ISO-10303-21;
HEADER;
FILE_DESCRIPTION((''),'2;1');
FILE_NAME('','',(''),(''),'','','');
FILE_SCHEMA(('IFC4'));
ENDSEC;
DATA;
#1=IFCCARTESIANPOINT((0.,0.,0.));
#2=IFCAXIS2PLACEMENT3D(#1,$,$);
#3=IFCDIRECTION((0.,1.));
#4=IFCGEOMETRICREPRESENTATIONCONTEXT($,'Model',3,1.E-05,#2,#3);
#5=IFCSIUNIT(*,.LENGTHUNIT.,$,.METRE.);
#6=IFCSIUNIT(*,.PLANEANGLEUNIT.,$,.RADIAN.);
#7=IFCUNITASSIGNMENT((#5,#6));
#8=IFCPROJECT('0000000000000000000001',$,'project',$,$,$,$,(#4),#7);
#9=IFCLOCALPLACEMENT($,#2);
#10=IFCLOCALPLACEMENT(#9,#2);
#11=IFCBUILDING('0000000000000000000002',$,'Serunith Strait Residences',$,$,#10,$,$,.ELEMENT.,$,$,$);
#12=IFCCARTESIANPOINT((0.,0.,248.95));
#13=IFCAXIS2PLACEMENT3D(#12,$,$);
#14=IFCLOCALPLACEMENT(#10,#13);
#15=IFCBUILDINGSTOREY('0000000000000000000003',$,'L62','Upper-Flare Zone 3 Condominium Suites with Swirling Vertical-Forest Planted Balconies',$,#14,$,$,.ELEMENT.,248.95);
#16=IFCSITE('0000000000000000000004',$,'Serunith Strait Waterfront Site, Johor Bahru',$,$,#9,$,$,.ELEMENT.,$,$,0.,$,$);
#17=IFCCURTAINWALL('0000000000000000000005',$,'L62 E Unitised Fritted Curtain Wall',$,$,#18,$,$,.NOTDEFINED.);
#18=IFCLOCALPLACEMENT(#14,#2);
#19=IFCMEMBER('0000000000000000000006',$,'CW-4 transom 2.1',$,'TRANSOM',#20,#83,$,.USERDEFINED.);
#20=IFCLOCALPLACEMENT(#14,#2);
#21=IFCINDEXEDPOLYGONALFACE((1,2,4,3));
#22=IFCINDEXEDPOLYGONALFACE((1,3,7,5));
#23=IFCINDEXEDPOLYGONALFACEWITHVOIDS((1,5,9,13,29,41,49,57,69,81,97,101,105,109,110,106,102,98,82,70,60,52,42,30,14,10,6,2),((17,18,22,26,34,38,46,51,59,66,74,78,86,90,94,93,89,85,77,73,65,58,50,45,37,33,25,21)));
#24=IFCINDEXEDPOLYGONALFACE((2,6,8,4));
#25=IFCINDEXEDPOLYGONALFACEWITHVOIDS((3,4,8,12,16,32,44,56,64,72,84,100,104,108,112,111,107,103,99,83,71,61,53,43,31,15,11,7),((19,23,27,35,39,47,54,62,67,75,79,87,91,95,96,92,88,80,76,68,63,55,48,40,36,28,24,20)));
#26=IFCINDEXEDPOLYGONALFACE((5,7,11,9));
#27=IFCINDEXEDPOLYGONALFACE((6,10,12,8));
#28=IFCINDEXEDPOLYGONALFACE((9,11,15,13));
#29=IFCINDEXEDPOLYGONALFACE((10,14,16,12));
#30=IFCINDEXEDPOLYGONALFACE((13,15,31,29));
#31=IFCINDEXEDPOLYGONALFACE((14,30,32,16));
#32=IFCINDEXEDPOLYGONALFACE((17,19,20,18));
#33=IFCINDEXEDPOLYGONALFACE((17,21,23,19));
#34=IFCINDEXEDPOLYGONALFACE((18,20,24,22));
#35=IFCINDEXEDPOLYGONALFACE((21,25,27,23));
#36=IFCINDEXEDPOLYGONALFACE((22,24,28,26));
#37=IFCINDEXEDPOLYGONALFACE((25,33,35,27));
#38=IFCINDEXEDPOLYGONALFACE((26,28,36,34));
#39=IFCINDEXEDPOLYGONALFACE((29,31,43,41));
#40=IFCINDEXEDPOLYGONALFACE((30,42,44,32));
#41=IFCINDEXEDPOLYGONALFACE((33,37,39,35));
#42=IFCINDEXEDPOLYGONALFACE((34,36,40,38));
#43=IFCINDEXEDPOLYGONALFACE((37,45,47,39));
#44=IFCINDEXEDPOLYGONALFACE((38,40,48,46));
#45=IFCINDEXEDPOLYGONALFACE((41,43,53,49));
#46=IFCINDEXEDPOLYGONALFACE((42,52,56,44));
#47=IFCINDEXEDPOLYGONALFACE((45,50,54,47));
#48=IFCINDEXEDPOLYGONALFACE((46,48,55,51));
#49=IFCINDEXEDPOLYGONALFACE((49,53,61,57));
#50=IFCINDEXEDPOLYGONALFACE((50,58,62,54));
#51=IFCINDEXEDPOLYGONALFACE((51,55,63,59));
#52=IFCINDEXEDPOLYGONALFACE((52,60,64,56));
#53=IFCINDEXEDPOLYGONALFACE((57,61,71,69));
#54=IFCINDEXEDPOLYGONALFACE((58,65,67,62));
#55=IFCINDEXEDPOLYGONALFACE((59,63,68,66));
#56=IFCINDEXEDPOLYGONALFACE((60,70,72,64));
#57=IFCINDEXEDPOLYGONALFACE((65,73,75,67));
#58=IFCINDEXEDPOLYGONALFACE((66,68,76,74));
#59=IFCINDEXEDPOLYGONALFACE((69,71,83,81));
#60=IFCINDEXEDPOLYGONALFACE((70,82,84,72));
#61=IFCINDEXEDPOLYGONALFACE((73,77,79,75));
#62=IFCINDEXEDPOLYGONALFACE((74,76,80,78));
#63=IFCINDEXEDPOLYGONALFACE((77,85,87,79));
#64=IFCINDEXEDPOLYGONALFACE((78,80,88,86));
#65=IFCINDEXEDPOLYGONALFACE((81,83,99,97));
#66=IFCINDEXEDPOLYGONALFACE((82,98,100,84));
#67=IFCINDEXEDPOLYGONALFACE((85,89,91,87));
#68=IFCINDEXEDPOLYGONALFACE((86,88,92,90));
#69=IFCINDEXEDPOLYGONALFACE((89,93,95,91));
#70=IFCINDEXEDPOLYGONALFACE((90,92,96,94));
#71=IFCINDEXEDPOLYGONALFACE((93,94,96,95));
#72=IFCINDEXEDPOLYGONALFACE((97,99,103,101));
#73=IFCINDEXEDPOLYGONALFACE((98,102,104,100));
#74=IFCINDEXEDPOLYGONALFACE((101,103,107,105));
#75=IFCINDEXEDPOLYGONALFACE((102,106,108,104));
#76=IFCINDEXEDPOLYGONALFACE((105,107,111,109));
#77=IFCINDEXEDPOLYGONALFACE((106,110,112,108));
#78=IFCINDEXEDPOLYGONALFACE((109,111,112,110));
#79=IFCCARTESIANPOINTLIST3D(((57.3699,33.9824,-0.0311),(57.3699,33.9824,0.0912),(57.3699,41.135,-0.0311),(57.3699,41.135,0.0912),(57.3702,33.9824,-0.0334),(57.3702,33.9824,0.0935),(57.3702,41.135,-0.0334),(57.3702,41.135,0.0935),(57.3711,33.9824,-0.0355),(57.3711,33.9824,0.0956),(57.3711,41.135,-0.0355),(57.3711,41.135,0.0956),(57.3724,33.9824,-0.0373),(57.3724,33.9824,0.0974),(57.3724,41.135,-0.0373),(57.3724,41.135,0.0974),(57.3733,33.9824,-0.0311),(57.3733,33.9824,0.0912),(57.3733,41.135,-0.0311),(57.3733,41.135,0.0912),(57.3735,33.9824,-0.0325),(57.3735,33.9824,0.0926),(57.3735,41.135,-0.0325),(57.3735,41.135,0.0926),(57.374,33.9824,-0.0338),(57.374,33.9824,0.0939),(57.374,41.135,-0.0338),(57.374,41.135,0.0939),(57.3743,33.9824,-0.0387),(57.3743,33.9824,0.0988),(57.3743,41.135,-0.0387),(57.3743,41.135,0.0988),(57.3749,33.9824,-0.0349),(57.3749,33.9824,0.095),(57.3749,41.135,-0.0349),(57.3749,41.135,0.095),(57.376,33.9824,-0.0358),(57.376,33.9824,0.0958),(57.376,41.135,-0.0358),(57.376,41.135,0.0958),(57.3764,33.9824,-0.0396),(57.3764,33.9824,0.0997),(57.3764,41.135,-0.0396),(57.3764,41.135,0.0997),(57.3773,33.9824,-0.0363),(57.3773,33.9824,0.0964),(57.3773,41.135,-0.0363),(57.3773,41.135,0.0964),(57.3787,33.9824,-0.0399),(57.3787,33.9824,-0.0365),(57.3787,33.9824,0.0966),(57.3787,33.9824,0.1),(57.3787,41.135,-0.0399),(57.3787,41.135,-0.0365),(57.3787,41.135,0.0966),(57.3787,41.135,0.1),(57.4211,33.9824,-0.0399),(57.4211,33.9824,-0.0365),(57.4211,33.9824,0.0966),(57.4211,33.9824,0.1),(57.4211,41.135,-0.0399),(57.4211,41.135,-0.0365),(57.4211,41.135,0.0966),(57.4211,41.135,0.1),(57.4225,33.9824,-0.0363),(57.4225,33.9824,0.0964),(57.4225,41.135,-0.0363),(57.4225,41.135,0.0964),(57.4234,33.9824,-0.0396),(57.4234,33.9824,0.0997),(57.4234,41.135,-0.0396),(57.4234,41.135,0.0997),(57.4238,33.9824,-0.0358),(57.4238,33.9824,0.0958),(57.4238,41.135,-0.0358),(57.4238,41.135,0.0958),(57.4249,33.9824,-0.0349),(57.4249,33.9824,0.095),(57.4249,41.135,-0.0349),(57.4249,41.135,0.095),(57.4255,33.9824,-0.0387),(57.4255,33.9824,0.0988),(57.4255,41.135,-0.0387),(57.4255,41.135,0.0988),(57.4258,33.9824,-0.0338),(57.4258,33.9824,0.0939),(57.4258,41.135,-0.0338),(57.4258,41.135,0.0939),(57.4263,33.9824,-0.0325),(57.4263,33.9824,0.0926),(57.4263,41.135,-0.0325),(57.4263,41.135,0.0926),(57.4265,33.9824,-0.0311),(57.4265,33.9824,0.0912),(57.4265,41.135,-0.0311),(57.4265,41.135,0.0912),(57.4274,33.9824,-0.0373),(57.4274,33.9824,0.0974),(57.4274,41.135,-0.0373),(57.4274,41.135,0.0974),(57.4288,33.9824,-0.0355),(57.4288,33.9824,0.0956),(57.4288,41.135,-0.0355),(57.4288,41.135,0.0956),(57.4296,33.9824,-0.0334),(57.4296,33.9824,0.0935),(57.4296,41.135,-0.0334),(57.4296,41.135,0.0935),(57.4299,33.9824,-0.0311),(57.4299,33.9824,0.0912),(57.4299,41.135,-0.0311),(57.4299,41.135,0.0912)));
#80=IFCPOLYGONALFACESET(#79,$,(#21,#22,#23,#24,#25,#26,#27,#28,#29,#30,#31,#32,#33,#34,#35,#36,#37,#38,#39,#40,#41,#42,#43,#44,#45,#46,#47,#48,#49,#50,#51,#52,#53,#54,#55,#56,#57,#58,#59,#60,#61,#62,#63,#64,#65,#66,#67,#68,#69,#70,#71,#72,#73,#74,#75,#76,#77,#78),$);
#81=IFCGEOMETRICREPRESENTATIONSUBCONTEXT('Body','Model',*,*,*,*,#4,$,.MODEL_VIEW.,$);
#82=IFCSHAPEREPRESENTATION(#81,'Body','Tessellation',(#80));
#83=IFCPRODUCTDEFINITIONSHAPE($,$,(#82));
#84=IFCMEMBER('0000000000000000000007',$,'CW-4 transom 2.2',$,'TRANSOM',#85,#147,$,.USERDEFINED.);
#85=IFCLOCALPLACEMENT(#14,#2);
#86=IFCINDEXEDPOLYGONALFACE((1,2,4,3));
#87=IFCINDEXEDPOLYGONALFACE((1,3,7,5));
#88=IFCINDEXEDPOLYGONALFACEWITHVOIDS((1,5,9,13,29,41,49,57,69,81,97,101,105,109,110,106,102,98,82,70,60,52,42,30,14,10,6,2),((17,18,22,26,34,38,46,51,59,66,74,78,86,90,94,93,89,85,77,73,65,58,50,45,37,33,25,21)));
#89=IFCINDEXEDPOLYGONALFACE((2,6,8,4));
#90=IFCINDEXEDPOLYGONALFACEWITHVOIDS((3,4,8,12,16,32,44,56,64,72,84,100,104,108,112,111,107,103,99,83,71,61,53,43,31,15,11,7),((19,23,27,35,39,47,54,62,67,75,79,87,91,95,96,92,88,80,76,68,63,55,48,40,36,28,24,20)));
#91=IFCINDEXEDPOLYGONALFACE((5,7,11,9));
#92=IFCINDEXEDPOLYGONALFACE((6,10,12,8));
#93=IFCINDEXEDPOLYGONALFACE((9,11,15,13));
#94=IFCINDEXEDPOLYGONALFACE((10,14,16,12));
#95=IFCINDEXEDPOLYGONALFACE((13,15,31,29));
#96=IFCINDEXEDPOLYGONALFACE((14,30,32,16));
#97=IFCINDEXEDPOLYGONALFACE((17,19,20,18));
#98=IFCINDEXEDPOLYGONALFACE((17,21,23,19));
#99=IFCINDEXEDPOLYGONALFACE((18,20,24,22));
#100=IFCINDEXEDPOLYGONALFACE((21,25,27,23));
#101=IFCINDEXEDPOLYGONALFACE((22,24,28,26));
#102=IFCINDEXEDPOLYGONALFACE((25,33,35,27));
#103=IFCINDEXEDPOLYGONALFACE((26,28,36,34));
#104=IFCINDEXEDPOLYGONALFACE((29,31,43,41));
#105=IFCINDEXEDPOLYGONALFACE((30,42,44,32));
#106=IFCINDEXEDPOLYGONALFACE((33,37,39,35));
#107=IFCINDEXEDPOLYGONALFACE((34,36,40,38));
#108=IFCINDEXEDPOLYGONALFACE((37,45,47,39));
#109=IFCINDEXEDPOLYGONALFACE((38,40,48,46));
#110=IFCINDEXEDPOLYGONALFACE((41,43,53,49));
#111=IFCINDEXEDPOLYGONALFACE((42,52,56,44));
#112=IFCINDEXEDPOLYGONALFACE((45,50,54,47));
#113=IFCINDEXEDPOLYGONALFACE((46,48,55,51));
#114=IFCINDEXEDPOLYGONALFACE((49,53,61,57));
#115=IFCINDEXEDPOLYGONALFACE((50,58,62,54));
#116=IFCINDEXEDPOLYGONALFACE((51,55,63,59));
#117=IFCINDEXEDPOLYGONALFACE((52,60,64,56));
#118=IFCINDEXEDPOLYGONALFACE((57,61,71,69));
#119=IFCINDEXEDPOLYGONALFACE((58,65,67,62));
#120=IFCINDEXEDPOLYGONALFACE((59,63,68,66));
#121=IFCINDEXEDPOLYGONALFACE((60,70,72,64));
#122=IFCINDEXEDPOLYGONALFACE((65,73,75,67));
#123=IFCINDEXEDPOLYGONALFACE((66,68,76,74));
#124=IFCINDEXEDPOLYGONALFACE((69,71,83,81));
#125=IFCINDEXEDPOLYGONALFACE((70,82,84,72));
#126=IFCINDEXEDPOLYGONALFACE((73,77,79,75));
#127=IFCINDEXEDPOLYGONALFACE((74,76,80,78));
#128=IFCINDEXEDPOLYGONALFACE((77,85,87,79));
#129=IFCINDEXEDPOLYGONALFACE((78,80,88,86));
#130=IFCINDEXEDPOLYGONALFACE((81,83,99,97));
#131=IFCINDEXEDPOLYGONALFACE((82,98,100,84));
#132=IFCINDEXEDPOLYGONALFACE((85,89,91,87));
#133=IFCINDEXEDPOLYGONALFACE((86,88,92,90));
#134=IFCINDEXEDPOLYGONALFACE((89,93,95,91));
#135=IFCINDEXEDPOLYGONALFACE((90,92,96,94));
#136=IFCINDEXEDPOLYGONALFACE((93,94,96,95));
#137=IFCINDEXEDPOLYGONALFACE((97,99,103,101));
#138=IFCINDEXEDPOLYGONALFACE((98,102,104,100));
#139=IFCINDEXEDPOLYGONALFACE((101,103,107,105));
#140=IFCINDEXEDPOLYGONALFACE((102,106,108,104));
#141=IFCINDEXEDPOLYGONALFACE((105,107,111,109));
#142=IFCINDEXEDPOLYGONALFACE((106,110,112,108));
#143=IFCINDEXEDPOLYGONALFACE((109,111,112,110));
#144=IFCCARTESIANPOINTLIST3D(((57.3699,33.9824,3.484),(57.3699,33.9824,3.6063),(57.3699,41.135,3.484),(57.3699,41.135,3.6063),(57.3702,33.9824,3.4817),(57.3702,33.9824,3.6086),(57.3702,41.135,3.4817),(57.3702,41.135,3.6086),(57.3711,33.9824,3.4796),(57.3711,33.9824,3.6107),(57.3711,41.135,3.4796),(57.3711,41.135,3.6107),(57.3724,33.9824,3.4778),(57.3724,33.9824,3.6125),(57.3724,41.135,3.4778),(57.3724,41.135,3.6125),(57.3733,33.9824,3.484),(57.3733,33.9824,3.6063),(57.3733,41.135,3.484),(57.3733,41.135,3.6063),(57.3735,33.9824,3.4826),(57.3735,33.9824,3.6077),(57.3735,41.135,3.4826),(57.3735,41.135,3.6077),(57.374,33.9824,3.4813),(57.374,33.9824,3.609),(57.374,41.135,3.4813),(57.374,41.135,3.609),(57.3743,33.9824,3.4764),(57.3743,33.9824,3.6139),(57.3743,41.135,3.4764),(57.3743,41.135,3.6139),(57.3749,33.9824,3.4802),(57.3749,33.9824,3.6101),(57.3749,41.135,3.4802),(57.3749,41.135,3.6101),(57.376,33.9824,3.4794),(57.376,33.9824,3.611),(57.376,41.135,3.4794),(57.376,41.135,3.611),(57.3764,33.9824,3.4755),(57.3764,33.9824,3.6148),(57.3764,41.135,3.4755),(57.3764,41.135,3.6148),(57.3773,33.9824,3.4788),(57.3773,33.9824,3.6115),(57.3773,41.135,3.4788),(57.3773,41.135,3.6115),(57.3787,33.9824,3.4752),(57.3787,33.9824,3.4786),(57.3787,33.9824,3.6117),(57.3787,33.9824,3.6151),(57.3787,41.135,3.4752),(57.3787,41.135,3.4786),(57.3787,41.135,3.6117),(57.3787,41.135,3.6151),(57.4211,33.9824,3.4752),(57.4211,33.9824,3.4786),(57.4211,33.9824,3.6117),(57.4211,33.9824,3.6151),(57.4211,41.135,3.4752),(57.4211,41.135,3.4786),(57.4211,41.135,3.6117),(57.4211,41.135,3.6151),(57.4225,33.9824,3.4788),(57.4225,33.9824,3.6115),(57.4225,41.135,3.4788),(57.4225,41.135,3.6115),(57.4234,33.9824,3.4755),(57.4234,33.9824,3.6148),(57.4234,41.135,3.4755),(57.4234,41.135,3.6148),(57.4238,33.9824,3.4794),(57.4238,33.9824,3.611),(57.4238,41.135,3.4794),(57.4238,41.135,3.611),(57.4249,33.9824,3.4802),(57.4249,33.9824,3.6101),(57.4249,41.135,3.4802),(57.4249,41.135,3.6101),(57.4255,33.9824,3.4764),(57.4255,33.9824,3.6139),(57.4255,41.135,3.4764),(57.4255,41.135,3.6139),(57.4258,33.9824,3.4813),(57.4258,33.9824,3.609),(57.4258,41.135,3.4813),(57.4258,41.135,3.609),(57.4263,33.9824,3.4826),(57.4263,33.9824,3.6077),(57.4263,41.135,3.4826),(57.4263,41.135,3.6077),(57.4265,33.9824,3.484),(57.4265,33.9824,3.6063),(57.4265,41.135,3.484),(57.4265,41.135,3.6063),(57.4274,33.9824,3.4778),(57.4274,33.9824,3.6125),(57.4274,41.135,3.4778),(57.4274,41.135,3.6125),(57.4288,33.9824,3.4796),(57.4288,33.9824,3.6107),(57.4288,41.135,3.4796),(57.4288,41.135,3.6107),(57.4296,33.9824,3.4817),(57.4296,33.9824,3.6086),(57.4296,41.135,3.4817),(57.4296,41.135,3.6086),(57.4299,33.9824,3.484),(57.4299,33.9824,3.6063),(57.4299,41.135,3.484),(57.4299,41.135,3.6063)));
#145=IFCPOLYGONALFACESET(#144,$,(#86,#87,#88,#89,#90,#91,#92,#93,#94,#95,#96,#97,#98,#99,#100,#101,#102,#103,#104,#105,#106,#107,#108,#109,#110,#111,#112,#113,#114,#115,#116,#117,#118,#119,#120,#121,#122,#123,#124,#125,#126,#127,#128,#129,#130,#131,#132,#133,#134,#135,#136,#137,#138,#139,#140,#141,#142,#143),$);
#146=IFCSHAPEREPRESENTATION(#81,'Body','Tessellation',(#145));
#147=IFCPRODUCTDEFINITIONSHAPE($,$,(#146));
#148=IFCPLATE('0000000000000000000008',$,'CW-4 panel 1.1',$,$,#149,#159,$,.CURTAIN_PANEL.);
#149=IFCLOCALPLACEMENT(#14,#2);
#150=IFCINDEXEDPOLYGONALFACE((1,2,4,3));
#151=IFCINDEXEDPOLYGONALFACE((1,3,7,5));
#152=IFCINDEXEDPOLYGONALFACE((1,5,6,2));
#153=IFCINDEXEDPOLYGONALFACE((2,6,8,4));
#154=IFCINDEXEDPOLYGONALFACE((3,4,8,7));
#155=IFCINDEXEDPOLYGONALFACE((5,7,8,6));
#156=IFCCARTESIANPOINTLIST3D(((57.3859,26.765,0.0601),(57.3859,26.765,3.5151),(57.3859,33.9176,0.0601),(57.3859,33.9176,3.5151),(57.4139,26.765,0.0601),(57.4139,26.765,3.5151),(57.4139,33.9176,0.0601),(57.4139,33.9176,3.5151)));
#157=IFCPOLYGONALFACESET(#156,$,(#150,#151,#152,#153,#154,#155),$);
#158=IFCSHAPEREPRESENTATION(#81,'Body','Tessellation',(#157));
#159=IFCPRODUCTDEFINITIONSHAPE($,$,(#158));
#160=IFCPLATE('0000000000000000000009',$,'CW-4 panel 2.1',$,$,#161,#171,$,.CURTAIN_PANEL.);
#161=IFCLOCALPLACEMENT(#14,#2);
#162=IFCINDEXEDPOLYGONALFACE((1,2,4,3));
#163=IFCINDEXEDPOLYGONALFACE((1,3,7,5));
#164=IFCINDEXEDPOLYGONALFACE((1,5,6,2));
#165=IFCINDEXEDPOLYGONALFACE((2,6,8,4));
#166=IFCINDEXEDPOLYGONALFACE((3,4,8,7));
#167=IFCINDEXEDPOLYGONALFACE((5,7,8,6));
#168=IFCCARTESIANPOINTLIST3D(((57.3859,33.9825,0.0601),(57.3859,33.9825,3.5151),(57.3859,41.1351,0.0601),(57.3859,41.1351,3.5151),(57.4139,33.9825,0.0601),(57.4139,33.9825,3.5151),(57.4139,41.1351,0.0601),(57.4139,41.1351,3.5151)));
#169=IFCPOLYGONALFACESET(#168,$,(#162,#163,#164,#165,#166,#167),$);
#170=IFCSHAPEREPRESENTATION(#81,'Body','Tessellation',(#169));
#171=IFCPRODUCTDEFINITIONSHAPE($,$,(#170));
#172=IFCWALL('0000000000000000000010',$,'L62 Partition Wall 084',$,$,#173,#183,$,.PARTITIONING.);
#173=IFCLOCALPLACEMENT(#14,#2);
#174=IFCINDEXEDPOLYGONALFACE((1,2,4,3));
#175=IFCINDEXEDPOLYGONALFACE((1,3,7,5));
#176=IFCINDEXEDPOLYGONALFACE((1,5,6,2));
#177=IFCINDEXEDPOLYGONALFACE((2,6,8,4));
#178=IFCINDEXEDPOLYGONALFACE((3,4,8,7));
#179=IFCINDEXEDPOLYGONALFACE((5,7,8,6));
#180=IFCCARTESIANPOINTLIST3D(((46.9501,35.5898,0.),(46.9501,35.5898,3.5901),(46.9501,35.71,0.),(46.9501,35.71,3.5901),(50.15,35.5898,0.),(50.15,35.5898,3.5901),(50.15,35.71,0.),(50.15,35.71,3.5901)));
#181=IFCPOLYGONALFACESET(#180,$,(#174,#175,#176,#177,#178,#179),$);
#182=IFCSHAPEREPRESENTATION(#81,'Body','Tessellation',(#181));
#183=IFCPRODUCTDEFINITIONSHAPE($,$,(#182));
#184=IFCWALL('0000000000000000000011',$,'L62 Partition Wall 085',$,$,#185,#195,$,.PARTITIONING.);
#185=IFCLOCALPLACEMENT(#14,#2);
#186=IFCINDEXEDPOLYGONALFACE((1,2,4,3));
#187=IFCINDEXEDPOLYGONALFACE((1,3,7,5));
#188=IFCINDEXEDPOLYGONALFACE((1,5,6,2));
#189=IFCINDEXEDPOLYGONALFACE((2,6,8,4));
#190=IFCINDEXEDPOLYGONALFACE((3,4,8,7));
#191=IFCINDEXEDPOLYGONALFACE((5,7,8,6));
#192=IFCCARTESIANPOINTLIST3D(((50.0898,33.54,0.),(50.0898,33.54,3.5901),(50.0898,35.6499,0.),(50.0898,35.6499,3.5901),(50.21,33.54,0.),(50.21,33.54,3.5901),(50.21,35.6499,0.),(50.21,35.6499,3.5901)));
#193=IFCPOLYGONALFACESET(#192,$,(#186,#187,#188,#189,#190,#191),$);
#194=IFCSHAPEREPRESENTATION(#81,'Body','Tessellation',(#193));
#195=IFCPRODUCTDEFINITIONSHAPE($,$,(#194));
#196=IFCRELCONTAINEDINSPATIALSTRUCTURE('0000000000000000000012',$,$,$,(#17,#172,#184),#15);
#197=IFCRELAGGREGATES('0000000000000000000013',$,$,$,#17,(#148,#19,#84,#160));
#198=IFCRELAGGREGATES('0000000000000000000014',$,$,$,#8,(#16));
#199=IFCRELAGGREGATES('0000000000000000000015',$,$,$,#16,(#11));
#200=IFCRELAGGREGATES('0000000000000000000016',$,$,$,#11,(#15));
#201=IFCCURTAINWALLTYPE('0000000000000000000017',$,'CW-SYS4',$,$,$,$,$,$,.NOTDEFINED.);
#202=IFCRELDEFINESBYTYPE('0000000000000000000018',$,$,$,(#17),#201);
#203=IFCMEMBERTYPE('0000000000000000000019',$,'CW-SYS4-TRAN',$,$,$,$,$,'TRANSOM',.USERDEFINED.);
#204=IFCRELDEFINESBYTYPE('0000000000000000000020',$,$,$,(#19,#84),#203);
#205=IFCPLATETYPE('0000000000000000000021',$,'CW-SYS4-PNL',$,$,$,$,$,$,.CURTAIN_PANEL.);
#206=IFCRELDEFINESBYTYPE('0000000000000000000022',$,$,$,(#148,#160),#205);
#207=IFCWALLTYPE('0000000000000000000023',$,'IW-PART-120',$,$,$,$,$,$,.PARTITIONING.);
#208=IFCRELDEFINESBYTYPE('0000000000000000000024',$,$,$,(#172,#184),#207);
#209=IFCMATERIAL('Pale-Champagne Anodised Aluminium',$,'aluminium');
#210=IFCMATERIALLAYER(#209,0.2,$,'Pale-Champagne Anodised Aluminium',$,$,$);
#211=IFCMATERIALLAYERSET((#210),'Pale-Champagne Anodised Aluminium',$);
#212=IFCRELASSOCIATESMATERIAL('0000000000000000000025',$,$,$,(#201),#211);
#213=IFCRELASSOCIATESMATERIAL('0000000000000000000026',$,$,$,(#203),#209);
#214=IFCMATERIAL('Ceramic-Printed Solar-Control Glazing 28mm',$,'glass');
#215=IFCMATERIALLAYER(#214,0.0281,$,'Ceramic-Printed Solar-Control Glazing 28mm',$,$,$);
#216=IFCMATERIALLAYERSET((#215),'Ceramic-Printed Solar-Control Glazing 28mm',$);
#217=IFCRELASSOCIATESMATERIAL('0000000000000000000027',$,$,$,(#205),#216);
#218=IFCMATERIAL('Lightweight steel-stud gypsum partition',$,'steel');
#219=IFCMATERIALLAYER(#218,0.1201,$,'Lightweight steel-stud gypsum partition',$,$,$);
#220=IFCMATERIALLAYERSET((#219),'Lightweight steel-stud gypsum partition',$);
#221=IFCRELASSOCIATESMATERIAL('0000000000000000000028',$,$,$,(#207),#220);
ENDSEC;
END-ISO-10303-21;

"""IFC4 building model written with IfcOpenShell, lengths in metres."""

from ifc_helpers import new_model, si_unit, direction, frame, frame_2d, origin, origin_2d, place, context, subcontext, project, spatial, rectangle, hollow_rectangle, extrude, source, transform, mapped, material, layer, layer_set, material_profile, profile_set, type_object, element, aggregate, save


model = new_model("IFC4")

# Units and contexts
model_context = context("Model", 3, precision=1e-05, world=origin(), true_north=direction((0.0, 1.0)))
body_context = subcontext(model_context, "Body", "Model", "MODEL_VIEW")
ifc_project = project(units=[si_unit("LENGTHUNIT", "METRE"), si_unit("PLANEANGLEUNIT", "RADIAN")], contexts=[model_context])

# Site, building, storey
site_placement = place(None, origin())
site = spatial("IfcSite", under=ifc_project, at=site_placement, Name="Serunith Strait Waterfront Site, Johor Bahru", CompositionType="ELEMENT", RefElevation=0.0)
building_placement = place(site_placement, origin())
building = spatial("IfcBuilding", under=site, at=building_placement, Name="Serunith Strait Residences", CompositionType="ELEMENT")
storey_placement = place(building_placement, frame((0.0, 0.0, 248.95)))
storey = spatial("IfcBuildingStorey", under=building, at=storey_placement, Name="L62", Description="Upper-Flare Zone 3 Condominium Suites with Swirling Vertical-Forest Planted Balconies", CompositionType="ELEMENT", Elevation=248.95)

# Curtain wall, members, plates
ifc_material_1 = material(Name="Pale-Champagne Anodised Aluminium", Category="aluminium")
ifc_layer_1 = layer(ifc_material_1, 0.2, Name="Pale-Champagne Anodised Aluminium")
ifc_layer_set_1 = layer_set([ifc_layer_1], Name="Pale-Champagne Anodised Aluminium")
curtain_wall_type = type_object("IfcCurtainWallType", Name="CW-SYS4", PredefinedType="NOTDEFINED", material=ifc_layer_set_1)
curtain_wall_placement = place(storey_placement, origin())
curtain_wall = element("IfcCurtainWall", 1, at=curtain_wall_placement, inside=storey, type_object=curtain_wall_type, Name="L62 E Unitised Fritted Curtain Wall", PredefinedType="NOTDEFINED")
ifc_material_profile_1 = material_profile(ifc_material_1, hollow_rectangle(XDim=0.0601, YDim=0.1399, WallThickness=0.0034, InnerFilletRadius=0.0054, OuterFilletRadius=0.0088, at=origin_2d()), Name="ALU 140x60x3.5")
ifc_profile_set_1 = profile_set([ifc_material_profile_1], Name="Pale-Champagne Anodised Aluminium")
member_type_1 = type_object("IfcMemberType", Name="CW-SYS4-TRAN", ElementType="TRANSOM", PredefinedType="USERDEFINED", material=ifc_profile_set_1)
shared_shape_1 = source(origin(), body_context, "Body", "SweptSolid", [
    extrude(hollow_rectangle(XDim=0.0601, YDim=0.1399, WallThickness=0.0034, InnerFilletRadius=0.0054, OuterFilletRadius=0.0088, at=origin_2d()), origin(), (0.0, 0.0, 1.0), 7.1526),
])
member_1_placement = place(storey_placement, frame((57.3999, 33.9824, 0.03), z_axis=(0.0, 1.0, 0.0), x_axis=(-1.0, 0.0, 0.0)))
member_1 = element("IfcMember", 2, at=member_1_placement, type_object=member_type_1, Name="CW-4 transom 2.1", ObjectType="TRANSOM", PredefinedType="USERDEFINED", context=body_context, shape_type="MappedRepresentation", body=[
    mapped(shared_shape_1, transform((0.0, 0.0, 0.0), scale=1.0)),
])
member_2_placement = place(storey_placement, frame((57.3999, 33.9824, 3.5452), z_axis=(0.0, 1.0, 0.0), x_axis=(-1.0, 0.0, 0.0)))
member_2 = element("IfcMember", 3, at=member_2_placement, type_object=member_type_1, Name="CW-4 transom 2.2", ObjectType="TRANSOM", PredefinedType="USERDEFINED", context=body_context, shape_type="MappedRepresentation", body=[
    mapped(shared_shape_1, transform((0.0, 0.0, 0.0), scale=1.0)),
])
ifc_material_2 = material(Name="Ceramic-Printed Solar-Control Glazing 28mm", Category="glass")
ifc_layer_2 = layer(ifc_material_2, 0.0281, Name="Ceramic-Printed Solar-Control Glazing 28mm")
ifc_layer_set_2 = layer_set([ifc_layer_2], Name="Ceramic-Printed Solar-Control Glazing 28mm")
plate_type = type_object("IfcPlateType", Name="CW-SYS4-PNL", PredefinedType="CURTAIN_PANEL", material=ifc_layer_set_2)
shared_shape_2 = source(origin(), body_context, "Body", "SweptSolid", [
    extrude(rectangle(XDim=7.1526, YDim=0.0281, at=origin_2d()), origin(), (0.0, 0.0, 1.0), 3.4551),
])
plate_1_placement = place(storey_placement, frame((57.3999, 30.3413, 0.0601), z_axis=(0.0, 0.0, 1.0), x_axis=(0.0, 1.0, 0.0)))
plate_1 = element("IfcPlate", 4, at=plate_1_placement, type_object=plate_type, Name="CW-4 panel 1.1", PredefinedType="CURTAIN_PANEL", context=body_context, shape_type="MappedRepresentation", body=[
    mapped(shared_shape_2, transform((0.0, 0.0, 0.0), scale=1.0)),
])
plate_2_placement = place(storey_placement, frame((57.3999, 37.5588, 0.0601), z_axis=(0.0, 0.0, 1.0), x_axis=(0.0, 1.0, 0.0)))
plate_2 = element("IfcPlate", 5, at=plate_2_placement, type_object=plate_type, Name="CW-4 panel 2.1", PredefinedType="CURTAIN_PANEL", context=body_context, shape_type="MappedRepresentation", body=[
    mapped(shared_shape_2, transform((0.0, 0.0, 0.0), scale=1.0)),
])
aggregate(curtain_wall, [plate_1, member_1, member_2, plate_2])

# Walls
ifc_material_3 = material(Name="Lightweight steel-stud gypsum partition", Category="steel")
ifc_layer_3 = layer(ifc_material_3, 0.1201, Name="Lightweight steel-stud gypsum partition")
ifc_layer_set_3 = layer_set([ifc_layer_3], Name="Lightweight steel-stud gypsum partition")
wall_type_1 = type_object("IfcWallType", Name="IW-PART-120", PredefinedType="PARTITIONING", material=ifc_layer_set_3)
wall_1_placement = place(storey_placement, frame((46.95, 35.6499, 0.0), z_axis=(0.0, 0.0, 1.0), x_axis=(1.0, 0.0, 0.0)))
element("IfcWall", 6, at=wall_1_placement, inside=storey, type_object=wall_type_1, Name="L62 Partition Wall 084", PredefinedType="PARTITIONING", context=body_context, shape_type="SweptSolid", body=[
    extrude(rectangle(XDim=3.2, YDim=0.1201, at=frame_2d((1.6001, 0.0))), origin(), (0.0, 0.0, 1.0), 3.5901),
])
wall_2_placement = place(storey_placement, frame((50.1499, 35.6499, 0.0), z_axis=(0.0, 0.0, 1.0), x_axis=(0.0, -1.0, 0.0)))
element("IfcWall", 7, at=wall_2_placement, inside=storey, type_object=wall_type_1, Name="L62 Partition Wall 085", PredefinedType="PARTITIONING", context=body_context, shape_type="SweptSolid", body=[
    extrude(rectangle(XDim=2.1099, YDim=0.1201, at=frame_2d((1.0549, 0.0))), origin(), (0.0, 0.0, 1.0), 3.5901),
])

save(model, "model.ifc")
